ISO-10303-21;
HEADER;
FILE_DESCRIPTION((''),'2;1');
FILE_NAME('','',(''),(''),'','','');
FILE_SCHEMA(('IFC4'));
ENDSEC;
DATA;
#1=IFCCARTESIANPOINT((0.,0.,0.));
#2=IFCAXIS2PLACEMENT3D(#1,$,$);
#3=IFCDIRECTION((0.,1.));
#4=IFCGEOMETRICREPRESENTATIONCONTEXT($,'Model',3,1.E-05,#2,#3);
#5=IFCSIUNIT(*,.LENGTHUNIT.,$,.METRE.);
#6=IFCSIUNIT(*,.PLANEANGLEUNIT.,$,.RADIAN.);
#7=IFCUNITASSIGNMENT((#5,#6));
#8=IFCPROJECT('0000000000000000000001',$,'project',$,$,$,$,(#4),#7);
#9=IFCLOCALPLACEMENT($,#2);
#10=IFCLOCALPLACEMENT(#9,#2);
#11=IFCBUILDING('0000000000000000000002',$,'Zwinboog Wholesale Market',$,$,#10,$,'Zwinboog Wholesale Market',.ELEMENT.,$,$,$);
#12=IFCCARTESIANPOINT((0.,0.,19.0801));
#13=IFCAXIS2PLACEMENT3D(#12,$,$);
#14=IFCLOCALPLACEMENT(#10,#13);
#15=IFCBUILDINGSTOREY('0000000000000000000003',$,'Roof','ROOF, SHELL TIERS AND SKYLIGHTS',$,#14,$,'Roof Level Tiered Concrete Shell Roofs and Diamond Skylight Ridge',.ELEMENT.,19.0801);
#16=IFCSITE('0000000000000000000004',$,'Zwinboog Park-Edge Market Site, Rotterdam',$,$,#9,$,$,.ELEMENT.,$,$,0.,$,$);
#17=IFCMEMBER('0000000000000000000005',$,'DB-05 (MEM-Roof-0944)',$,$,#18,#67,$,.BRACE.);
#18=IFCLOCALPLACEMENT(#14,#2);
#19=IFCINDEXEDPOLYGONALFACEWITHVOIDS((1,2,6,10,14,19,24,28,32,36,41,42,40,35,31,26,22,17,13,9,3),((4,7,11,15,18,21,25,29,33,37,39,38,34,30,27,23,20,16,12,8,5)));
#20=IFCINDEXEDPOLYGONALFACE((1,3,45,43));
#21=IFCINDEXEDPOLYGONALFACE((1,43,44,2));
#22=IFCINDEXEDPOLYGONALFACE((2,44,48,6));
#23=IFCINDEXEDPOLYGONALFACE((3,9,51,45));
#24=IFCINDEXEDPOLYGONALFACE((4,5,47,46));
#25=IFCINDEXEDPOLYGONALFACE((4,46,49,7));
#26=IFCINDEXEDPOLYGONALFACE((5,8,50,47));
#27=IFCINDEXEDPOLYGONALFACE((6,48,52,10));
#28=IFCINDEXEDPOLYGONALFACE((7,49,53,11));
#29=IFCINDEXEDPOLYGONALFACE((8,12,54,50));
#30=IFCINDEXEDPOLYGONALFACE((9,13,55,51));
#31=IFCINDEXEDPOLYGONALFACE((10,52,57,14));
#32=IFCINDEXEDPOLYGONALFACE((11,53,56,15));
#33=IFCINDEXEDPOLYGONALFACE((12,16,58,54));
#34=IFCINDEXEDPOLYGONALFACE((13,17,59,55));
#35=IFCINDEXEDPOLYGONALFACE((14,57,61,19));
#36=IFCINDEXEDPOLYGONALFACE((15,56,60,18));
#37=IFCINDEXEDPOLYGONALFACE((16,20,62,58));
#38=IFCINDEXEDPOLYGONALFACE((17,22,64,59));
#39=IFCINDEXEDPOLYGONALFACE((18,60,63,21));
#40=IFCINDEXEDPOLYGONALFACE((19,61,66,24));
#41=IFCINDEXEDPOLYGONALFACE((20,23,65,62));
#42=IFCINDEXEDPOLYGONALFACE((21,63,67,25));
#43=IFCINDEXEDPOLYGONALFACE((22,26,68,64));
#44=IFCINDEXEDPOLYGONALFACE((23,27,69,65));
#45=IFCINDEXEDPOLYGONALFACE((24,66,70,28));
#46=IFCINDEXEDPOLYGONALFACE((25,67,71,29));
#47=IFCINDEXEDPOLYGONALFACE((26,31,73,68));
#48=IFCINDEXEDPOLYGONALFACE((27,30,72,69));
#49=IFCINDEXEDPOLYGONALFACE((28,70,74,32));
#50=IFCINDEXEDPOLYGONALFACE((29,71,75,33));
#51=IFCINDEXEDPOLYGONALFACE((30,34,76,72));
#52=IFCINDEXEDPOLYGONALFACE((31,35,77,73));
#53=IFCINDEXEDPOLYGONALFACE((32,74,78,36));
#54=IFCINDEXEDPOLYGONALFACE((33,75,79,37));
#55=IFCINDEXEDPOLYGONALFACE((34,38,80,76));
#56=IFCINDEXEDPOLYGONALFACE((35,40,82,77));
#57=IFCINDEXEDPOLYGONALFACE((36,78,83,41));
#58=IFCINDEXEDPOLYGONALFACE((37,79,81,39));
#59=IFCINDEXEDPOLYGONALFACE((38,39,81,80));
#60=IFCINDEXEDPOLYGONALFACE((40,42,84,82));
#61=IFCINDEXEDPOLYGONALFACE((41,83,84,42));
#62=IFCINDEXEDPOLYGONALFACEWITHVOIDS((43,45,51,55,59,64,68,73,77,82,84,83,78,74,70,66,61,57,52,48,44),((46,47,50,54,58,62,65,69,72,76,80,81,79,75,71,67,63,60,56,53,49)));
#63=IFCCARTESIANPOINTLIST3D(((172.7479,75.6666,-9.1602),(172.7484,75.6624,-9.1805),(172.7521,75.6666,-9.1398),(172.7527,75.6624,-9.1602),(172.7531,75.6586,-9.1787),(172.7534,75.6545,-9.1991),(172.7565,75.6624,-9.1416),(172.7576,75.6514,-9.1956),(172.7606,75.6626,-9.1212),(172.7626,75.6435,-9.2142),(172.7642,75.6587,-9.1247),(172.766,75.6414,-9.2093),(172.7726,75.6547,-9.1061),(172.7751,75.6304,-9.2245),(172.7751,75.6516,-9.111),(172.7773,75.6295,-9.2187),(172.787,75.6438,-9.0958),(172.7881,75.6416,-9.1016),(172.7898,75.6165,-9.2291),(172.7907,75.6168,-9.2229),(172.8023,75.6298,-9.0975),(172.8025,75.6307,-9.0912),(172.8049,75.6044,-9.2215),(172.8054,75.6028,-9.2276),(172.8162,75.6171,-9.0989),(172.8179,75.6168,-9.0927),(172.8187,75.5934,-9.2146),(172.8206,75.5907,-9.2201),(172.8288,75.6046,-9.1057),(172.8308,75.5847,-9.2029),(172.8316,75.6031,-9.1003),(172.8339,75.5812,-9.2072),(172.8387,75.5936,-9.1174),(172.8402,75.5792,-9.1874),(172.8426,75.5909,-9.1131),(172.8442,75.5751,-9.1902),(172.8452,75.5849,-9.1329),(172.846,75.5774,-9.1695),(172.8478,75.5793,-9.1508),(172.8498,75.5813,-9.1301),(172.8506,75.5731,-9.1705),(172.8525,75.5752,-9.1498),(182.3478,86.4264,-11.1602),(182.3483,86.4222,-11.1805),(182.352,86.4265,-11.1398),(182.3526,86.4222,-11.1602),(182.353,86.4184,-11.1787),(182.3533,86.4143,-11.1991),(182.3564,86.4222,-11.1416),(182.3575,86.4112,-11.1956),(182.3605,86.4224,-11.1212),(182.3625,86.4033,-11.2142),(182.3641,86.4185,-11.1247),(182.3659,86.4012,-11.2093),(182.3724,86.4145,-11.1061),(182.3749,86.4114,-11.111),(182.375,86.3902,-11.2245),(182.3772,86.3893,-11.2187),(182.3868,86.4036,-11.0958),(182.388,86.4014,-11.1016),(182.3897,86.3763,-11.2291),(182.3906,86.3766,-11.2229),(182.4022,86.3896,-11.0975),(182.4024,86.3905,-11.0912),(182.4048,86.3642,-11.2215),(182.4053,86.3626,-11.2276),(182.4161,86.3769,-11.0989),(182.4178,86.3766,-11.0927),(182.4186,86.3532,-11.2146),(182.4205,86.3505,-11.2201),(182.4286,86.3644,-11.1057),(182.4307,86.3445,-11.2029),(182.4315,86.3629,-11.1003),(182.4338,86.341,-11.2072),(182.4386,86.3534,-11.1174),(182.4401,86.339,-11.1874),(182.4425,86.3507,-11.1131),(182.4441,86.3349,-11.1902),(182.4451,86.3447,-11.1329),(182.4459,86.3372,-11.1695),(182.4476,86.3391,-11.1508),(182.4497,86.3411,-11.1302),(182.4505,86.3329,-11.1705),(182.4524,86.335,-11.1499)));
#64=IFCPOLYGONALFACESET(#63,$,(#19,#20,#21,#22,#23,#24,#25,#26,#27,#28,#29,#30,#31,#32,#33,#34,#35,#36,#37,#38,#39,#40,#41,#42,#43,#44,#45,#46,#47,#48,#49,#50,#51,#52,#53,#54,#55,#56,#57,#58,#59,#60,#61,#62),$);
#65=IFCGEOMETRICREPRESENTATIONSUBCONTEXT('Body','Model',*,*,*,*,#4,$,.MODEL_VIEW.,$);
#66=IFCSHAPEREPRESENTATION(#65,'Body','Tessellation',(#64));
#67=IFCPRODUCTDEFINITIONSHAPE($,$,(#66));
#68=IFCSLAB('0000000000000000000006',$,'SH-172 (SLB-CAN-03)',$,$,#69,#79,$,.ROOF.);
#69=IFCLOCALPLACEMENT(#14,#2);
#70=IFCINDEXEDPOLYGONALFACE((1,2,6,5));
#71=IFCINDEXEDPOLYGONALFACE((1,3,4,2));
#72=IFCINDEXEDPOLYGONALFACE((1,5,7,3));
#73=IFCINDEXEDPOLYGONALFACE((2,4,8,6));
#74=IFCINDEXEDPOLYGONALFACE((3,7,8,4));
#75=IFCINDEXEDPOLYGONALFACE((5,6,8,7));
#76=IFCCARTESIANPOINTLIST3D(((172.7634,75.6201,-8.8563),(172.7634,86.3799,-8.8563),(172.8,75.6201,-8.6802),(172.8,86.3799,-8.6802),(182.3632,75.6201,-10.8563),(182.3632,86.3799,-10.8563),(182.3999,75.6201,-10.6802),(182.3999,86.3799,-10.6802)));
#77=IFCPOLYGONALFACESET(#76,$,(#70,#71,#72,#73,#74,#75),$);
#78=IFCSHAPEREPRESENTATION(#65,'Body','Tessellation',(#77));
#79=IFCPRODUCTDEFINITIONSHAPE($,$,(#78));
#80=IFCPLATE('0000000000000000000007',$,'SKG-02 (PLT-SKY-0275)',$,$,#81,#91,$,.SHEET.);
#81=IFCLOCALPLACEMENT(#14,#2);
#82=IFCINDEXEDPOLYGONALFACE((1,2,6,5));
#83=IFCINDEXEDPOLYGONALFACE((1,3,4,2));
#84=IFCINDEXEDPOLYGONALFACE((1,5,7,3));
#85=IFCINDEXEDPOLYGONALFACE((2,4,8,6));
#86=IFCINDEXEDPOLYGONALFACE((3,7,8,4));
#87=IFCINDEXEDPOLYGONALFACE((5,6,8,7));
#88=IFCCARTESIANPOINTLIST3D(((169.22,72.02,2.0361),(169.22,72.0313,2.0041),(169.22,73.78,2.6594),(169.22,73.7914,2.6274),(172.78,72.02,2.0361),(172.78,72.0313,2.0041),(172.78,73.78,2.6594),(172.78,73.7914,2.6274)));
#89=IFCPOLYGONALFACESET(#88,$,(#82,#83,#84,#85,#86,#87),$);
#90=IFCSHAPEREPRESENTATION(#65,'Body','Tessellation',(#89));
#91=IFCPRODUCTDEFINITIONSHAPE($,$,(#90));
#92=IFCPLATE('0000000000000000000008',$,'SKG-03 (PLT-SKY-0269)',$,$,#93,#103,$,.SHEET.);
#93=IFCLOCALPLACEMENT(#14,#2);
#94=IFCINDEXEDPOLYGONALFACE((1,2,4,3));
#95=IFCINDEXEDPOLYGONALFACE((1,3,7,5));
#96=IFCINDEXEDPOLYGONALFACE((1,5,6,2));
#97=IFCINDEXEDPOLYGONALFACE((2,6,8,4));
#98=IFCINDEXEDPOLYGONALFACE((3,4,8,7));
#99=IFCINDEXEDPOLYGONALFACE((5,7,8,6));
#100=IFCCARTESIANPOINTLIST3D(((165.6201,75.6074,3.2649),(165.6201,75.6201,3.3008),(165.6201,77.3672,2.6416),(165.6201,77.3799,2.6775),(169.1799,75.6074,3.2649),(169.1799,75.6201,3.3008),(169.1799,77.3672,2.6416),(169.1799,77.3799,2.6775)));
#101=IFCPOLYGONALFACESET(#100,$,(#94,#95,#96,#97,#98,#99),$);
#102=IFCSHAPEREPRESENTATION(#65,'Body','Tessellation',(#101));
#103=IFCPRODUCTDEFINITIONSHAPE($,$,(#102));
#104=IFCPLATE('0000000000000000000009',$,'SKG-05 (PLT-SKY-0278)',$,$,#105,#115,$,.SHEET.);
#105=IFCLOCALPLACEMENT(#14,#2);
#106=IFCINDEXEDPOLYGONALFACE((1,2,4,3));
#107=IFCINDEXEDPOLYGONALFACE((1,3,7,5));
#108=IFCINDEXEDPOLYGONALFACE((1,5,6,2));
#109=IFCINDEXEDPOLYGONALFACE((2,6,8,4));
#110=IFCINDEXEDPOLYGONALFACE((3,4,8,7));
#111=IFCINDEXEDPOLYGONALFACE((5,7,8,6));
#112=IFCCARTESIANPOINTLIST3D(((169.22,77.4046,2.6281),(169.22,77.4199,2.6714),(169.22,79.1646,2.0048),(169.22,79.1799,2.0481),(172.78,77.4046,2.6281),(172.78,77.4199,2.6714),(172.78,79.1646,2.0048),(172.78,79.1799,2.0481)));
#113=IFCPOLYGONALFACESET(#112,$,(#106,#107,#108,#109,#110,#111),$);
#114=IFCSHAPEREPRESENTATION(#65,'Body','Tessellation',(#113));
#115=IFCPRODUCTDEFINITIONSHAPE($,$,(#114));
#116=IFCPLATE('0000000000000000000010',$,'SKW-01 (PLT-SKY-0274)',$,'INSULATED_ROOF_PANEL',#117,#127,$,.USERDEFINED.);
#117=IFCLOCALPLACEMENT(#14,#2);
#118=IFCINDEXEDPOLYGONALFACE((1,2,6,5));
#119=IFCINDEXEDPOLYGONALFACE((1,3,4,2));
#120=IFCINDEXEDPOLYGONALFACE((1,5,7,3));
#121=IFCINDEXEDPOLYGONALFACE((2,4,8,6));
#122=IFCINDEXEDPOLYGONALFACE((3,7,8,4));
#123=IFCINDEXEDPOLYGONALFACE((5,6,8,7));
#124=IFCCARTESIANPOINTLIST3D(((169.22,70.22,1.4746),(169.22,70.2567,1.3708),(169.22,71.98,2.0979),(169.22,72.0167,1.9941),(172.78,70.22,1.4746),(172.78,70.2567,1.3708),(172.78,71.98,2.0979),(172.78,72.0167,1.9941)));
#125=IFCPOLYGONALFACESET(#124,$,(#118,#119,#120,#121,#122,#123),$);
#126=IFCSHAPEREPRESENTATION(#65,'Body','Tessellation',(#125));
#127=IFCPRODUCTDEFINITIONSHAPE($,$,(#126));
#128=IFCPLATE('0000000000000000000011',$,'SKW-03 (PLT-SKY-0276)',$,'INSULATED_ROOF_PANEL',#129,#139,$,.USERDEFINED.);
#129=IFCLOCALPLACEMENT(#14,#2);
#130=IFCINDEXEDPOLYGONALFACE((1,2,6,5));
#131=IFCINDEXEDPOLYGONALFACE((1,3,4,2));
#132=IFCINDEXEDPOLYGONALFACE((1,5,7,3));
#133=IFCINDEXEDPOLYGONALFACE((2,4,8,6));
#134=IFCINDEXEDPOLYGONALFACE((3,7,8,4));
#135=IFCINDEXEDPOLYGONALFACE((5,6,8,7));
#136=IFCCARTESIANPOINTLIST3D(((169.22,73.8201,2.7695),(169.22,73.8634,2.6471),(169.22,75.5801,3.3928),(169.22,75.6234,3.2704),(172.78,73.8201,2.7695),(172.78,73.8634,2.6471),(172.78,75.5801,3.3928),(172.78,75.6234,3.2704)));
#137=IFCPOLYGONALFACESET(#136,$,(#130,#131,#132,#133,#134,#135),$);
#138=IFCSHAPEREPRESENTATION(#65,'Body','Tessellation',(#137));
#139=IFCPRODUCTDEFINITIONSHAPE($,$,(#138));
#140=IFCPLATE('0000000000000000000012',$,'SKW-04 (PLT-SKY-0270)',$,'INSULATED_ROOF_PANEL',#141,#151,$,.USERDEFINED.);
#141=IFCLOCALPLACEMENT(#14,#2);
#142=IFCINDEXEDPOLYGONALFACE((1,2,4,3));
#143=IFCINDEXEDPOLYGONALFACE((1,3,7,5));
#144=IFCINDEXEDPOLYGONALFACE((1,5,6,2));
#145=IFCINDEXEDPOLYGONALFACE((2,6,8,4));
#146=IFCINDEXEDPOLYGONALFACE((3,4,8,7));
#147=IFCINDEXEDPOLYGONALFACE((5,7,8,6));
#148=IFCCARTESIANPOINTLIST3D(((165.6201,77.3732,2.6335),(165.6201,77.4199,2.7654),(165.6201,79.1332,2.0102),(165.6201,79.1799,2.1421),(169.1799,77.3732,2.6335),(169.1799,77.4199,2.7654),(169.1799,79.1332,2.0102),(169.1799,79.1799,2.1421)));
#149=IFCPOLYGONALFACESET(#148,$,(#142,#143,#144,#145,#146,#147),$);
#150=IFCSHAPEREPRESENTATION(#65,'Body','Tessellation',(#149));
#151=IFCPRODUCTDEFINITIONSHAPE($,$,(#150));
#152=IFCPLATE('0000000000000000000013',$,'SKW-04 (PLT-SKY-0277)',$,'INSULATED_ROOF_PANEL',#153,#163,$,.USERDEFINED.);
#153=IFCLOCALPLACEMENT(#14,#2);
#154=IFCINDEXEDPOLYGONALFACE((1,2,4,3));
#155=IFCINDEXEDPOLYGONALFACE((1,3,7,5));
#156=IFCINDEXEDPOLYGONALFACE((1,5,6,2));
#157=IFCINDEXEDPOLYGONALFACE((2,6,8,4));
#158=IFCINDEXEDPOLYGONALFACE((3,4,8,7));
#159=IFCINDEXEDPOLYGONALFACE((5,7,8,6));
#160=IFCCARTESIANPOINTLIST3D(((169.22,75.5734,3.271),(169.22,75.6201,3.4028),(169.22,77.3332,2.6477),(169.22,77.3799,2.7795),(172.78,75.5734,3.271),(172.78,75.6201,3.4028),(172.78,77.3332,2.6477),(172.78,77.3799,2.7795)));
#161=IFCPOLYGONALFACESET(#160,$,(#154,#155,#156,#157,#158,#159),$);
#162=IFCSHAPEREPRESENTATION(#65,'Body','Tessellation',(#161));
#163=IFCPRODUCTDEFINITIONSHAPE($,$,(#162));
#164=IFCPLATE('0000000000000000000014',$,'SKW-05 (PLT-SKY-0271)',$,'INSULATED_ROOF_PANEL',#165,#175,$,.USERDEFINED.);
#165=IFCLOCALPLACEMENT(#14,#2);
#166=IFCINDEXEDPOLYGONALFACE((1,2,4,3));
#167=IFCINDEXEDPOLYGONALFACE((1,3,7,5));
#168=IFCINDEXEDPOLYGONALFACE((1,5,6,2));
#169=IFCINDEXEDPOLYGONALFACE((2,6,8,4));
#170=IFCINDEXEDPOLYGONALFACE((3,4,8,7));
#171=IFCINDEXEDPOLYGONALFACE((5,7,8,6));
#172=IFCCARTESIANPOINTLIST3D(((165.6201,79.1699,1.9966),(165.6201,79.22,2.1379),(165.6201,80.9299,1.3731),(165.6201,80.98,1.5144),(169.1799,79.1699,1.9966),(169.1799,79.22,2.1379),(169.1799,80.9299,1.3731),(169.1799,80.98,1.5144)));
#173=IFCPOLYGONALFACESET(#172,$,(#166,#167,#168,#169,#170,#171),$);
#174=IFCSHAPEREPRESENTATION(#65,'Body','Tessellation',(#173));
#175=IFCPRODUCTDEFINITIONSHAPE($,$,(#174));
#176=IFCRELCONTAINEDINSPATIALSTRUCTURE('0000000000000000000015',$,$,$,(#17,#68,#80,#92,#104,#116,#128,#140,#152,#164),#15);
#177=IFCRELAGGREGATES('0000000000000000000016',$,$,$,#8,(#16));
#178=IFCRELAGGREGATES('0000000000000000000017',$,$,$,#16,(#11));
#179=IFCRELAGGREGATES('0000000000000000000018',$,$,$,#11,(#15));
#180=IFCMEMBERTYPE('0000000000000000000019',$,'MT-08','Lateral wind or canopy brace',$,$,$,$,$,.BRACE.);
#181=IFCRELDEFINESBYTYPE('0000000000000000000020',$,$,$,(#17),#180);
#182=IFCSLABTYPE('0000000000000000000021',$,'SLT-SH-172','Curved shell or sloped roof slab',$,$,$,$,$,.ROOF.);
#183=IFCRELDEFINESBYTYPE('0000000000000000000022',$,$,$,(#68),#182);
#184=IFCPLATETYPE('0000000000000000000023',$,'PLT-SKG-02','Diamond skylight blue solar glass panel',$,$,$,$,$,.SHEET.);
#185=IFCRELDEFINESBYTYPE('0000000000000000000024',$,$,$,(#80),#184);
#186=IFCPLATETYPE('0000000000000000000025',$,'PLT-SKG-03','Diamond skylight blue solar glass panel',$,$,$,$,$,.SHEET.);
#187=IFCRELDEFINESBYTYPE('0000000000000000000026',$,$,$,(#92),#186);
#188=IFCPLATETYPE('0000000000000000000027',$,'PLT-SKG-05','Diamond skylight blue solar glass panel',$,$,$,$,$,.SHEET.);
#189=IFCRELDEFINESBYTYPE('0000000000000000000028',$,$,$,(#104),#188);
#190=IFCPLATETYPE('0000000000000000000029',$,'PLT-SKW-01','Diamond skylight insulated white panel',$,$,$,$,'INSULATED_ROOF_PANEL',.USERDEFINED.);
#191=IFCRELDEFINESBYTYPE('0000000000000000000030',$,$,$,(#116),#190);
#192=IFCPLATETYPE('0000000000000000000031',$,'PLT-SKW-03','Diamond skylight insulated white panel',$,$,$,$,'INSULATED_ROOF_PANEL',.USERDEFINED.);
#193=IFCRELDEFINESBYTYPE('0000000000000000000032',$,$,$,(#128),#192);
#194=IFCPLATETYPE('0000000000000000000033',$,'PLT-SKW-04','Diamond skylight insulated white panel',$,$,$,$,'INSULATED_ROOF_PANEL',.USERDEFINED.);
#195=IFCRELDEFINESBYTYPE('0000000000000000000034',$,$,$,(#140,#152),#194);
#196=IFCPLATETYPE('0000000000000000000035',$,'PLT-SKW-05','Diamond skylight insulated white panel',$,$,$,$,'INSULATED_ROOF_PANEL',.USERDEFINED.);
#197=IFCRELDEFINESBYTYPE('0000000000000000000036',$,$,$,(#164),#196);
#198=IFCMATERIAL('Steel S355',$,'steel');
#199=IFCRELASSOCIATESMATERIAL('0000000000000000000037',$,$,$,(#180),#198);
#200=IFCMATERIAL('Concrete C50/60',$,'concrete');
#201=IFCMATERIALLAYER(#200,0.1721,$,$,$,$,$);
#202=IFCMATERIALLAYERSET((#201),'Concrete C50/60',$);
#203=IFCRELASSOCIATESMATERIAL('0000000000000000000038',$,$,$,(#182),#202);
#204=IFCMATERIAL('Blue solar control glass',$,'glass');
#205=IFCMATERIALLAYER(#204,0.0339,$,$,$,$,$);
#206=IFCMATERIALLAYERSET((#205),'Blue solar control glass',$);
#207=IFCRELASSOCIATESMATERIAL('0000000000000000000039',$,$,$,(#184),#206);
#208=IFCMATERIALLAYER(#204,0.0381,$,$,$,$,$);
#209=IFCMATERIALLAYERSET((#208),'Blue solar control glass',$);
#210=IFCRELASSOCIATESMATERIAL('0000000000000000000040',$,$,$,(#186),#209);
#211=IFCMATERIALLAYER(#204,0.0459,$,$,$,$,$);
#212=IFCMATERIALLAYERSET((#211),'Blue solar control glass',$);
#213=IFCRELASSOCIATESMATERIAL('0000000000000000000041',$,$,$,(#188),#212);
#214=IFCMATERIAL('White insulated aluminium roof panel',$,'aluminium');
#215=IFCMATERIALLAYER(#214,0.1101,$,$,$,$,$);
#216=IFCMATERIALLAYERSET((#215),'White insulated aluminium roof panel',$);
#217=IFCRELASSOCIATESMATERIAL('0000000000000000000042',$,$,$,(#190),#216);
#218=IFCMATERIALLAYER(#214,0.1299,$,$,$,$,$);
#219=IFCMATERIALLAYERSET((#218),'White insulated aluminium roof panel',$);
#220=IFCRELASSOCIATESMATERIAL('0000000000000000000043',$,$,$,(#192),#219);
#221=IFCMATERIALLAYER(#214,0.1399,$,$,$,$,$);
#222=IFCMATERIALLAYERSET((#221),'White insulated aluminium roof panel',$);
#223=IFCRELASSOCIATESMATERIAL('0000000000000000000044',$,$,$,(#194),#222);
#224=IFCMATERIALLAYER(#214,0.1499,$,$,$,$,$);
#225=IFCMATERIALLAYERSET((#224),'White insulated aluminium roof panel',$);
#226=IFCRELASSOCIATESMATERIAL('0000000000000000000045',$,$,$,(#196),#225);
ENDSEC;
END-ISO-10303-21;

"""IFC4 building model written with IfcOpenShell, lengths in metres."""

from ifc_helpers import new_model, si_unit, direction, frame, origin, origin_2d, place, context, subcontext, project, spatial, polyline, hollow_circle, outline, extrude, material, layer, layer_set, material_profile, profile_set, type_object, element, save


model = new_model("IFC4")

# Units and contexts
model_context = context("Model", 3, precision=1e-05, world=origin(), true_north=direction((0.0, 1.0)))
body_context = subcontext(model_context, "Body", "Model", "MODEL_VIEW")
ifc_project = project(units=[si_unit("LENGTHUNIT", "METRE"), si_unit("PLANEANGLEUNIT", "RADIAN")], contexts=[model_context])

# Site, building, storey
site_placement = place(None, origin())
site = spatial("IfcSite", under=ifc_project, at=site_placement, Name="Zwinboog Park-Edge Market Site, Rotterdam", CompositionType="ELEMENT", RefElevation=0.0)
building_placement = place(site_placement, origin())
building = spatial("IfcBuilding", under=site, at=building_placement, Name="Zwinboog Wholesale Market", LongName="Zwinboog Wholesale Market", CompositionType="ELEMENT")
storey_placement = place(building_placement, frame((0.0, 0.0, 19.0801)))
storey = spatial("IfcBuildingStorey", under=building, at=storey_placement, Name="Roof", Description="ROOF, SHELL TIERS AND SKYLIGHTS", LongName="Roof Level Tiered Concrete Shell Roofs and Diamond Skylight Ridge", CompositionType="ELEMENT", Elevation=19.0801)

# Shared definitions
ifc_material_1 = material(Name="Steel S355", Category="steel")

# Member
ifc_material_profile_1 = material_profile(ifc_material_1, hollow_circle(Radius=0.0698, WallThickness=0.0063, at=origin_2d()), Name="CHS 139.7x6.3")
ifc_profile_set_1 = profile_set([ifc_material_profile_1], Name="Steel S355")
member_type_1 = type_object("IfcMemberType", Name="MT-08", Description="Lateral wind or canopy brace", PredefinedType="BRACE", material=ifc_profile_set_1)
member_1_placement = place(storey_placement, frame((172.8, 75.6201, -9.1602), z_axis=(0.65943, 0.739106, -0.137383), x_axis=(-0.746182, 0.665743, 0.0)))
element("IfcMember", 1, at=member_1_placement, inside=storey, type_object=member_type_1, Name="DB-05 (MEM-Roof-0944)", PredefinedType="BRACE", context=body_context, shape_type="SweptSolid", body=[
    extrude(hollow_circle(Radius=0.0698, WallThickness=0.0063, at=origin_2d()), origin(), (0.0, 0.0, 1.0), 14.5579),
])

# Slab
ifc_material_2 = material(Name="Concrete C50/60", Category="concrete")
ifc_layer_1 = layer(ifc_material_2, 0.1721)
ifc_layer_set_1 = layer_set([ifc_layer_1], Name="Concrete C50/60")
slab_type = type_object("IfcSlabType", Name="SLT-SH-172", Description="Curved shell or sloped roof slab", PredefinedType="ROOF", material=ifc_layer_set_1)
slab_placement = place(storey_placement, frame((172.8, 75.6201, -8.6802), z_axis=(0.203957, 0.0, 0.97898), x_axis=(0.97898, 0.0, -0.203957)))
element("IfcSlab", 2, at=slab_placement, inside=storey, type_object=slab_type, Name="SH-172 (SLB-CAN-03)", PredefinedType="ROOF", context=body_context, shape_type="SweptSolid", body=[
    extrude(outline(polyline([(0.0, 0.0), (9.806, 0.0), (9.806, 10.7598), (0.0, 10.7598), (0.0, 0.0)])), origin(), (0.0, 0.0, -1.0), 0.1799),
])

# Plates
ifc_material_3 = material(Name="Blue solar control glass", Category="glass")
ifc_layer_2 = layer(ifc_material_3, 0.0339)
ifc_layer_set_2 = layer_set([ifc_layer_2], Name="Blue solar control glass")
plate_type_1 = type_object("IfcPlateType", Name="PLT-SKG-02", Description="Diamond skylight blue solar glass panel", PredefinedType="SHEET", material=ifc_layer_set_2)
plate_1_placement = place(storey_placement, frame((169.22, 72.02, 2.0361), z_axis=(0.0, -0.333825, 0.942635), x_axis=(1.0, 0.0, 0.0)))
element("IfcPlate", 3, at=plate_1_placement, inside=storey, type_object=plate_type_1, Name="SKG-02 (PLT-SKY-0275)", PredefinedType="SHEET", context=body_context, shape_type="SweptSolid", body=[
    extrude(outline(polyline([(0.0, 0.0), (3.5601, 0.0), (3.5601, 1.8671), (0.0, 1.8671), (0.0, 0.0)])), origin(), (0.0, 0.0, -1.0), 0.0339),
])
ifc_layer_3 = layer(ifc_material_3, 0.0381)
ifc_layer_set_3 = layer_set([ifc_layer_3], Name="Blue solar control glass")
plate_type_2 = type_object("IfcPlateType", Name="PLT-SKG-03", Description="Diamond skylight blue solar glass panel", PredefinedType="SHEET", material=ifc_layer_set_3)
plate_2_placement = place(storey_placement, frame((165.6201, 75.6201, 3.3008), z_axis=(0.0, 0.333867, 0.94262), x_axis=(1.0, 0.0, 0.0)))
element("IfcPlate", 4, at=plate_2_placement, inside=storey, type_object=plate_type_2, Name="SKG-03 (PLT-SKY-0269)", PredefinedType="SHEET", context=body_context, shape_type="SweptSolid", body=[
    extrude(outline(polyline([(0.0, 0.0), (3.5598, 0.0), (3.5598, 1.8669), (0.0, 1.8669), (0.0, 0.0)])), origin(), (0.0, 0.0, -1.0), 0.0381),
])
ifc_layer_4 = layer(ifc_material_3, 0.0459)
ifc_layer_set_4 = layer_set([ifc_layer_4], Name="Blue solar control glass")
plate_type_3 = type_object("IfcPlateType", Name="PLT-SKG-05", Description="Diamond skylight blue solar glass panel", PredefinedType="SHEET", material=ifc_layer_set_4)
plate_3_placement = place(storey_placement, frame((169.22, 77.4199, 2.6714), z_axis=(0.0, 0.333825, 0.942635), x_axis=(1.0, 0.0, 0.0)))
element("IfcPlate", 5, at=plate_3_placement, inside=storey, type_object=plate_type_3, Name="SKG-05 (PLT-SKY-0278)", PredefinedType="SHEET", context=body_context, shape_type="SweptSolid", body=[
    extrude(outline(polyline([(0.0, 0.0), (3.5601, 0.0), (3.5601, 1.8671), (0.0, 1.8671), (0.0, 0.0)])), origin(), (0.0, 0.0, -1.0), 0.0459),
])
ifc_material_4 = material(Name="White insulated aluminium roof panel", Category="aluminium")
ifc_layer_5 = layer(ifc_material_4, 0.1101)
ifc_layer_set_5 = layer_set([ifc_layer_5], Name="White insulated aluminium roof panel")
plate_type_4 = type_object("IfcPlateType", Name="PLT-SKW-01", Description="Diamond skylight insulated white panel", ElementType="INSULATED_ROOF_PANEL", PredefinedType="USERDEFINED", material=ifc_layer_set_5)
plate_4_placement = place(storey_placement, frame((169.22, 70.22, 1.4746), z_axis=(0.0, -0.333825, 0.942635), x_axis=(1.0, 0.0, 0.0)))
element("IfcPlate", 6, at=plate_4_placement, inside=storey, type_object=plate_type_4, Name="SKW-01 (PLT-SKY-0274)", ObjectType="INSULATED_ROOF_PANEL", PredefinedType="USERDEFINED", context=body_context, shape_type="SweptSolid", body=[
    extrude(outline(polyline([(0.0, 0.0), (3.5601, 0.0), (3.5601, 1.8671), (0.0, 1.8671), (0.0, 0.0)])), origin(), (0.0, 0.0, -1.0), 0.1101),
])
ifc_layer_6 = layer(ifc_material_4, 0.1299)
ifc_layer_set_6 = layer_set([ifc_layer_6], Name="White insulated aluminium roof panel")
plate_type_5 = type_object("IfcPlateType", Name="PLT-SKW-03", Description="Diamond skylight insulated white panel", ElementType="INSULATED_ROOF_PANEL", PredefinedType="USERDEFINED", material=ifc_layer_set_6)
plate_5_placement = place(storey_placement, frame((169.22, 73.8201, 2.7695), z_axis=(0.0, -0.333825, 0.942635), x_axis=(1.0, 0.0, 0.0)))
element("IfcPlate", 7, at=plate_5_placement, inside=storey, type_object=plate_type_5, Name="SKW-03 (PLT-SKY-0276)", ObjectType="INSULATED_ROOF_PANEL", PredefinedType="USERDEFINED", context=body_context, shape_type="SweptSolid", body=[
    extrude(outline(polyline([(0.0, 0.0), (3.5601, 0.0), (3.5601, 1.8671), (0.0, 1.8671), (0.0, 0.0)])), origin(), (0.0, 0.0, -1.0), 0.1299),
])
ifc_layer_7 = layer(ifc_material_4, 0.1399)
ifc_layer_set_7 = layer_set([ifc_layer_7], Name="White insulated aluminium roof panel")
plate_type_6 = type_object("IfcPlateType", Name="PLT-SKW-04", Description="Diamond skylight insulated white panel", ElementType="INSULATED_ROOF_PANEL", PredefinedType="USERDEFINED", material=ifc_layer_set_7)
plate_6_placement = place(storey_placement, frame((165.6201, 77.4199, 2.7654), z_axis=(0.0, 0.333825, 0.942635), x_axis=(1.0, 0.0, 0.0)))
element("IfcPlate", 8, at=plate_6_placement, inside=storey, type_object=plate_type_6, Name="SKW-04 (PLT-SKY-0270)", ObjectType="INSULATED_ROOF_PANEL", PredefinedType="USERDEFINED", context=body_context, shape_type="SweptSolid", body=[
    extrude(outline(polyline([(0.0, 0.0), (3.5598, 0.0), (3.5598, 1.8671), (0.0, 1.8671), (0.0, 0.0)])), origin(), (0.0, 0.0, -1.0), 0.1399),
])
plate_7_placement = place(storey_placement, frame((169.22, 75.6201, 3.4028), z_axis=(0.0, 0.333867, 0.94262), x_axis=(1.0, 0.0, 0.0)))
element("IfcPlate", 9, at=plate_7_placement, inside=storey, type_object=plate_type_6, Name="SKW-04 (PLT-SKY-0277)", ObjectType="INSULATED_ROOF_PANEL", PredefinedType="USERDEFINED", context=body_context, shape_type="SweptSolid", body=[
    extrude(outline(polyline([(0.0, 0.0), (3.5601, 0.0), (3.5601, 1.8669), (0.0, 1.8669), (0.0, 0.0)])), origin(), (0.0, 0.0, -1.0), 0.1399),
])
ifc_layer_8 = layer(ifc_material_4, 0.1499)
ifc_layer_set_8 = layer_set([ifc_layer_8], Name="White insulated aluminium roof panel")
plate_type_7 = type_object("IfcPlateType", Name="PLT-SKW-05", Description="Diamond skylight insulated white panel", ElementType="INSULATED_ROOF_PANEL", PredefinedType="USERDEFINED", material=ifc_layer_set_8)
plate_8_placement = place(storey_placement, frame((165.6201, 79.22, 2.1379), z_axis=(0.0, 0.333942, 0.942594), x_axis=(1.0, 0.0, 0.0)))
element("IfcPlate", 10, at=plate_8_placement, inside=storey, type_object=plate_type_7, Name="SKW-05 (PLT-SKY-0271)", ObjectType="INSULATED_ROOF_PANEL", PredefinedType="USERDEFINED", context=body_context, shape_type="SweptSolid", body=[
    extrude(outline(polyline([(0.0, 0.0), (3.5598, 0.0), (3.5598, 1.8672), (0.0, 1.8672), (0.0, 0.0)])), origin(), (0.0, 0.0, -1.0), 0.1499),
])

save(model, "model.ifc")
